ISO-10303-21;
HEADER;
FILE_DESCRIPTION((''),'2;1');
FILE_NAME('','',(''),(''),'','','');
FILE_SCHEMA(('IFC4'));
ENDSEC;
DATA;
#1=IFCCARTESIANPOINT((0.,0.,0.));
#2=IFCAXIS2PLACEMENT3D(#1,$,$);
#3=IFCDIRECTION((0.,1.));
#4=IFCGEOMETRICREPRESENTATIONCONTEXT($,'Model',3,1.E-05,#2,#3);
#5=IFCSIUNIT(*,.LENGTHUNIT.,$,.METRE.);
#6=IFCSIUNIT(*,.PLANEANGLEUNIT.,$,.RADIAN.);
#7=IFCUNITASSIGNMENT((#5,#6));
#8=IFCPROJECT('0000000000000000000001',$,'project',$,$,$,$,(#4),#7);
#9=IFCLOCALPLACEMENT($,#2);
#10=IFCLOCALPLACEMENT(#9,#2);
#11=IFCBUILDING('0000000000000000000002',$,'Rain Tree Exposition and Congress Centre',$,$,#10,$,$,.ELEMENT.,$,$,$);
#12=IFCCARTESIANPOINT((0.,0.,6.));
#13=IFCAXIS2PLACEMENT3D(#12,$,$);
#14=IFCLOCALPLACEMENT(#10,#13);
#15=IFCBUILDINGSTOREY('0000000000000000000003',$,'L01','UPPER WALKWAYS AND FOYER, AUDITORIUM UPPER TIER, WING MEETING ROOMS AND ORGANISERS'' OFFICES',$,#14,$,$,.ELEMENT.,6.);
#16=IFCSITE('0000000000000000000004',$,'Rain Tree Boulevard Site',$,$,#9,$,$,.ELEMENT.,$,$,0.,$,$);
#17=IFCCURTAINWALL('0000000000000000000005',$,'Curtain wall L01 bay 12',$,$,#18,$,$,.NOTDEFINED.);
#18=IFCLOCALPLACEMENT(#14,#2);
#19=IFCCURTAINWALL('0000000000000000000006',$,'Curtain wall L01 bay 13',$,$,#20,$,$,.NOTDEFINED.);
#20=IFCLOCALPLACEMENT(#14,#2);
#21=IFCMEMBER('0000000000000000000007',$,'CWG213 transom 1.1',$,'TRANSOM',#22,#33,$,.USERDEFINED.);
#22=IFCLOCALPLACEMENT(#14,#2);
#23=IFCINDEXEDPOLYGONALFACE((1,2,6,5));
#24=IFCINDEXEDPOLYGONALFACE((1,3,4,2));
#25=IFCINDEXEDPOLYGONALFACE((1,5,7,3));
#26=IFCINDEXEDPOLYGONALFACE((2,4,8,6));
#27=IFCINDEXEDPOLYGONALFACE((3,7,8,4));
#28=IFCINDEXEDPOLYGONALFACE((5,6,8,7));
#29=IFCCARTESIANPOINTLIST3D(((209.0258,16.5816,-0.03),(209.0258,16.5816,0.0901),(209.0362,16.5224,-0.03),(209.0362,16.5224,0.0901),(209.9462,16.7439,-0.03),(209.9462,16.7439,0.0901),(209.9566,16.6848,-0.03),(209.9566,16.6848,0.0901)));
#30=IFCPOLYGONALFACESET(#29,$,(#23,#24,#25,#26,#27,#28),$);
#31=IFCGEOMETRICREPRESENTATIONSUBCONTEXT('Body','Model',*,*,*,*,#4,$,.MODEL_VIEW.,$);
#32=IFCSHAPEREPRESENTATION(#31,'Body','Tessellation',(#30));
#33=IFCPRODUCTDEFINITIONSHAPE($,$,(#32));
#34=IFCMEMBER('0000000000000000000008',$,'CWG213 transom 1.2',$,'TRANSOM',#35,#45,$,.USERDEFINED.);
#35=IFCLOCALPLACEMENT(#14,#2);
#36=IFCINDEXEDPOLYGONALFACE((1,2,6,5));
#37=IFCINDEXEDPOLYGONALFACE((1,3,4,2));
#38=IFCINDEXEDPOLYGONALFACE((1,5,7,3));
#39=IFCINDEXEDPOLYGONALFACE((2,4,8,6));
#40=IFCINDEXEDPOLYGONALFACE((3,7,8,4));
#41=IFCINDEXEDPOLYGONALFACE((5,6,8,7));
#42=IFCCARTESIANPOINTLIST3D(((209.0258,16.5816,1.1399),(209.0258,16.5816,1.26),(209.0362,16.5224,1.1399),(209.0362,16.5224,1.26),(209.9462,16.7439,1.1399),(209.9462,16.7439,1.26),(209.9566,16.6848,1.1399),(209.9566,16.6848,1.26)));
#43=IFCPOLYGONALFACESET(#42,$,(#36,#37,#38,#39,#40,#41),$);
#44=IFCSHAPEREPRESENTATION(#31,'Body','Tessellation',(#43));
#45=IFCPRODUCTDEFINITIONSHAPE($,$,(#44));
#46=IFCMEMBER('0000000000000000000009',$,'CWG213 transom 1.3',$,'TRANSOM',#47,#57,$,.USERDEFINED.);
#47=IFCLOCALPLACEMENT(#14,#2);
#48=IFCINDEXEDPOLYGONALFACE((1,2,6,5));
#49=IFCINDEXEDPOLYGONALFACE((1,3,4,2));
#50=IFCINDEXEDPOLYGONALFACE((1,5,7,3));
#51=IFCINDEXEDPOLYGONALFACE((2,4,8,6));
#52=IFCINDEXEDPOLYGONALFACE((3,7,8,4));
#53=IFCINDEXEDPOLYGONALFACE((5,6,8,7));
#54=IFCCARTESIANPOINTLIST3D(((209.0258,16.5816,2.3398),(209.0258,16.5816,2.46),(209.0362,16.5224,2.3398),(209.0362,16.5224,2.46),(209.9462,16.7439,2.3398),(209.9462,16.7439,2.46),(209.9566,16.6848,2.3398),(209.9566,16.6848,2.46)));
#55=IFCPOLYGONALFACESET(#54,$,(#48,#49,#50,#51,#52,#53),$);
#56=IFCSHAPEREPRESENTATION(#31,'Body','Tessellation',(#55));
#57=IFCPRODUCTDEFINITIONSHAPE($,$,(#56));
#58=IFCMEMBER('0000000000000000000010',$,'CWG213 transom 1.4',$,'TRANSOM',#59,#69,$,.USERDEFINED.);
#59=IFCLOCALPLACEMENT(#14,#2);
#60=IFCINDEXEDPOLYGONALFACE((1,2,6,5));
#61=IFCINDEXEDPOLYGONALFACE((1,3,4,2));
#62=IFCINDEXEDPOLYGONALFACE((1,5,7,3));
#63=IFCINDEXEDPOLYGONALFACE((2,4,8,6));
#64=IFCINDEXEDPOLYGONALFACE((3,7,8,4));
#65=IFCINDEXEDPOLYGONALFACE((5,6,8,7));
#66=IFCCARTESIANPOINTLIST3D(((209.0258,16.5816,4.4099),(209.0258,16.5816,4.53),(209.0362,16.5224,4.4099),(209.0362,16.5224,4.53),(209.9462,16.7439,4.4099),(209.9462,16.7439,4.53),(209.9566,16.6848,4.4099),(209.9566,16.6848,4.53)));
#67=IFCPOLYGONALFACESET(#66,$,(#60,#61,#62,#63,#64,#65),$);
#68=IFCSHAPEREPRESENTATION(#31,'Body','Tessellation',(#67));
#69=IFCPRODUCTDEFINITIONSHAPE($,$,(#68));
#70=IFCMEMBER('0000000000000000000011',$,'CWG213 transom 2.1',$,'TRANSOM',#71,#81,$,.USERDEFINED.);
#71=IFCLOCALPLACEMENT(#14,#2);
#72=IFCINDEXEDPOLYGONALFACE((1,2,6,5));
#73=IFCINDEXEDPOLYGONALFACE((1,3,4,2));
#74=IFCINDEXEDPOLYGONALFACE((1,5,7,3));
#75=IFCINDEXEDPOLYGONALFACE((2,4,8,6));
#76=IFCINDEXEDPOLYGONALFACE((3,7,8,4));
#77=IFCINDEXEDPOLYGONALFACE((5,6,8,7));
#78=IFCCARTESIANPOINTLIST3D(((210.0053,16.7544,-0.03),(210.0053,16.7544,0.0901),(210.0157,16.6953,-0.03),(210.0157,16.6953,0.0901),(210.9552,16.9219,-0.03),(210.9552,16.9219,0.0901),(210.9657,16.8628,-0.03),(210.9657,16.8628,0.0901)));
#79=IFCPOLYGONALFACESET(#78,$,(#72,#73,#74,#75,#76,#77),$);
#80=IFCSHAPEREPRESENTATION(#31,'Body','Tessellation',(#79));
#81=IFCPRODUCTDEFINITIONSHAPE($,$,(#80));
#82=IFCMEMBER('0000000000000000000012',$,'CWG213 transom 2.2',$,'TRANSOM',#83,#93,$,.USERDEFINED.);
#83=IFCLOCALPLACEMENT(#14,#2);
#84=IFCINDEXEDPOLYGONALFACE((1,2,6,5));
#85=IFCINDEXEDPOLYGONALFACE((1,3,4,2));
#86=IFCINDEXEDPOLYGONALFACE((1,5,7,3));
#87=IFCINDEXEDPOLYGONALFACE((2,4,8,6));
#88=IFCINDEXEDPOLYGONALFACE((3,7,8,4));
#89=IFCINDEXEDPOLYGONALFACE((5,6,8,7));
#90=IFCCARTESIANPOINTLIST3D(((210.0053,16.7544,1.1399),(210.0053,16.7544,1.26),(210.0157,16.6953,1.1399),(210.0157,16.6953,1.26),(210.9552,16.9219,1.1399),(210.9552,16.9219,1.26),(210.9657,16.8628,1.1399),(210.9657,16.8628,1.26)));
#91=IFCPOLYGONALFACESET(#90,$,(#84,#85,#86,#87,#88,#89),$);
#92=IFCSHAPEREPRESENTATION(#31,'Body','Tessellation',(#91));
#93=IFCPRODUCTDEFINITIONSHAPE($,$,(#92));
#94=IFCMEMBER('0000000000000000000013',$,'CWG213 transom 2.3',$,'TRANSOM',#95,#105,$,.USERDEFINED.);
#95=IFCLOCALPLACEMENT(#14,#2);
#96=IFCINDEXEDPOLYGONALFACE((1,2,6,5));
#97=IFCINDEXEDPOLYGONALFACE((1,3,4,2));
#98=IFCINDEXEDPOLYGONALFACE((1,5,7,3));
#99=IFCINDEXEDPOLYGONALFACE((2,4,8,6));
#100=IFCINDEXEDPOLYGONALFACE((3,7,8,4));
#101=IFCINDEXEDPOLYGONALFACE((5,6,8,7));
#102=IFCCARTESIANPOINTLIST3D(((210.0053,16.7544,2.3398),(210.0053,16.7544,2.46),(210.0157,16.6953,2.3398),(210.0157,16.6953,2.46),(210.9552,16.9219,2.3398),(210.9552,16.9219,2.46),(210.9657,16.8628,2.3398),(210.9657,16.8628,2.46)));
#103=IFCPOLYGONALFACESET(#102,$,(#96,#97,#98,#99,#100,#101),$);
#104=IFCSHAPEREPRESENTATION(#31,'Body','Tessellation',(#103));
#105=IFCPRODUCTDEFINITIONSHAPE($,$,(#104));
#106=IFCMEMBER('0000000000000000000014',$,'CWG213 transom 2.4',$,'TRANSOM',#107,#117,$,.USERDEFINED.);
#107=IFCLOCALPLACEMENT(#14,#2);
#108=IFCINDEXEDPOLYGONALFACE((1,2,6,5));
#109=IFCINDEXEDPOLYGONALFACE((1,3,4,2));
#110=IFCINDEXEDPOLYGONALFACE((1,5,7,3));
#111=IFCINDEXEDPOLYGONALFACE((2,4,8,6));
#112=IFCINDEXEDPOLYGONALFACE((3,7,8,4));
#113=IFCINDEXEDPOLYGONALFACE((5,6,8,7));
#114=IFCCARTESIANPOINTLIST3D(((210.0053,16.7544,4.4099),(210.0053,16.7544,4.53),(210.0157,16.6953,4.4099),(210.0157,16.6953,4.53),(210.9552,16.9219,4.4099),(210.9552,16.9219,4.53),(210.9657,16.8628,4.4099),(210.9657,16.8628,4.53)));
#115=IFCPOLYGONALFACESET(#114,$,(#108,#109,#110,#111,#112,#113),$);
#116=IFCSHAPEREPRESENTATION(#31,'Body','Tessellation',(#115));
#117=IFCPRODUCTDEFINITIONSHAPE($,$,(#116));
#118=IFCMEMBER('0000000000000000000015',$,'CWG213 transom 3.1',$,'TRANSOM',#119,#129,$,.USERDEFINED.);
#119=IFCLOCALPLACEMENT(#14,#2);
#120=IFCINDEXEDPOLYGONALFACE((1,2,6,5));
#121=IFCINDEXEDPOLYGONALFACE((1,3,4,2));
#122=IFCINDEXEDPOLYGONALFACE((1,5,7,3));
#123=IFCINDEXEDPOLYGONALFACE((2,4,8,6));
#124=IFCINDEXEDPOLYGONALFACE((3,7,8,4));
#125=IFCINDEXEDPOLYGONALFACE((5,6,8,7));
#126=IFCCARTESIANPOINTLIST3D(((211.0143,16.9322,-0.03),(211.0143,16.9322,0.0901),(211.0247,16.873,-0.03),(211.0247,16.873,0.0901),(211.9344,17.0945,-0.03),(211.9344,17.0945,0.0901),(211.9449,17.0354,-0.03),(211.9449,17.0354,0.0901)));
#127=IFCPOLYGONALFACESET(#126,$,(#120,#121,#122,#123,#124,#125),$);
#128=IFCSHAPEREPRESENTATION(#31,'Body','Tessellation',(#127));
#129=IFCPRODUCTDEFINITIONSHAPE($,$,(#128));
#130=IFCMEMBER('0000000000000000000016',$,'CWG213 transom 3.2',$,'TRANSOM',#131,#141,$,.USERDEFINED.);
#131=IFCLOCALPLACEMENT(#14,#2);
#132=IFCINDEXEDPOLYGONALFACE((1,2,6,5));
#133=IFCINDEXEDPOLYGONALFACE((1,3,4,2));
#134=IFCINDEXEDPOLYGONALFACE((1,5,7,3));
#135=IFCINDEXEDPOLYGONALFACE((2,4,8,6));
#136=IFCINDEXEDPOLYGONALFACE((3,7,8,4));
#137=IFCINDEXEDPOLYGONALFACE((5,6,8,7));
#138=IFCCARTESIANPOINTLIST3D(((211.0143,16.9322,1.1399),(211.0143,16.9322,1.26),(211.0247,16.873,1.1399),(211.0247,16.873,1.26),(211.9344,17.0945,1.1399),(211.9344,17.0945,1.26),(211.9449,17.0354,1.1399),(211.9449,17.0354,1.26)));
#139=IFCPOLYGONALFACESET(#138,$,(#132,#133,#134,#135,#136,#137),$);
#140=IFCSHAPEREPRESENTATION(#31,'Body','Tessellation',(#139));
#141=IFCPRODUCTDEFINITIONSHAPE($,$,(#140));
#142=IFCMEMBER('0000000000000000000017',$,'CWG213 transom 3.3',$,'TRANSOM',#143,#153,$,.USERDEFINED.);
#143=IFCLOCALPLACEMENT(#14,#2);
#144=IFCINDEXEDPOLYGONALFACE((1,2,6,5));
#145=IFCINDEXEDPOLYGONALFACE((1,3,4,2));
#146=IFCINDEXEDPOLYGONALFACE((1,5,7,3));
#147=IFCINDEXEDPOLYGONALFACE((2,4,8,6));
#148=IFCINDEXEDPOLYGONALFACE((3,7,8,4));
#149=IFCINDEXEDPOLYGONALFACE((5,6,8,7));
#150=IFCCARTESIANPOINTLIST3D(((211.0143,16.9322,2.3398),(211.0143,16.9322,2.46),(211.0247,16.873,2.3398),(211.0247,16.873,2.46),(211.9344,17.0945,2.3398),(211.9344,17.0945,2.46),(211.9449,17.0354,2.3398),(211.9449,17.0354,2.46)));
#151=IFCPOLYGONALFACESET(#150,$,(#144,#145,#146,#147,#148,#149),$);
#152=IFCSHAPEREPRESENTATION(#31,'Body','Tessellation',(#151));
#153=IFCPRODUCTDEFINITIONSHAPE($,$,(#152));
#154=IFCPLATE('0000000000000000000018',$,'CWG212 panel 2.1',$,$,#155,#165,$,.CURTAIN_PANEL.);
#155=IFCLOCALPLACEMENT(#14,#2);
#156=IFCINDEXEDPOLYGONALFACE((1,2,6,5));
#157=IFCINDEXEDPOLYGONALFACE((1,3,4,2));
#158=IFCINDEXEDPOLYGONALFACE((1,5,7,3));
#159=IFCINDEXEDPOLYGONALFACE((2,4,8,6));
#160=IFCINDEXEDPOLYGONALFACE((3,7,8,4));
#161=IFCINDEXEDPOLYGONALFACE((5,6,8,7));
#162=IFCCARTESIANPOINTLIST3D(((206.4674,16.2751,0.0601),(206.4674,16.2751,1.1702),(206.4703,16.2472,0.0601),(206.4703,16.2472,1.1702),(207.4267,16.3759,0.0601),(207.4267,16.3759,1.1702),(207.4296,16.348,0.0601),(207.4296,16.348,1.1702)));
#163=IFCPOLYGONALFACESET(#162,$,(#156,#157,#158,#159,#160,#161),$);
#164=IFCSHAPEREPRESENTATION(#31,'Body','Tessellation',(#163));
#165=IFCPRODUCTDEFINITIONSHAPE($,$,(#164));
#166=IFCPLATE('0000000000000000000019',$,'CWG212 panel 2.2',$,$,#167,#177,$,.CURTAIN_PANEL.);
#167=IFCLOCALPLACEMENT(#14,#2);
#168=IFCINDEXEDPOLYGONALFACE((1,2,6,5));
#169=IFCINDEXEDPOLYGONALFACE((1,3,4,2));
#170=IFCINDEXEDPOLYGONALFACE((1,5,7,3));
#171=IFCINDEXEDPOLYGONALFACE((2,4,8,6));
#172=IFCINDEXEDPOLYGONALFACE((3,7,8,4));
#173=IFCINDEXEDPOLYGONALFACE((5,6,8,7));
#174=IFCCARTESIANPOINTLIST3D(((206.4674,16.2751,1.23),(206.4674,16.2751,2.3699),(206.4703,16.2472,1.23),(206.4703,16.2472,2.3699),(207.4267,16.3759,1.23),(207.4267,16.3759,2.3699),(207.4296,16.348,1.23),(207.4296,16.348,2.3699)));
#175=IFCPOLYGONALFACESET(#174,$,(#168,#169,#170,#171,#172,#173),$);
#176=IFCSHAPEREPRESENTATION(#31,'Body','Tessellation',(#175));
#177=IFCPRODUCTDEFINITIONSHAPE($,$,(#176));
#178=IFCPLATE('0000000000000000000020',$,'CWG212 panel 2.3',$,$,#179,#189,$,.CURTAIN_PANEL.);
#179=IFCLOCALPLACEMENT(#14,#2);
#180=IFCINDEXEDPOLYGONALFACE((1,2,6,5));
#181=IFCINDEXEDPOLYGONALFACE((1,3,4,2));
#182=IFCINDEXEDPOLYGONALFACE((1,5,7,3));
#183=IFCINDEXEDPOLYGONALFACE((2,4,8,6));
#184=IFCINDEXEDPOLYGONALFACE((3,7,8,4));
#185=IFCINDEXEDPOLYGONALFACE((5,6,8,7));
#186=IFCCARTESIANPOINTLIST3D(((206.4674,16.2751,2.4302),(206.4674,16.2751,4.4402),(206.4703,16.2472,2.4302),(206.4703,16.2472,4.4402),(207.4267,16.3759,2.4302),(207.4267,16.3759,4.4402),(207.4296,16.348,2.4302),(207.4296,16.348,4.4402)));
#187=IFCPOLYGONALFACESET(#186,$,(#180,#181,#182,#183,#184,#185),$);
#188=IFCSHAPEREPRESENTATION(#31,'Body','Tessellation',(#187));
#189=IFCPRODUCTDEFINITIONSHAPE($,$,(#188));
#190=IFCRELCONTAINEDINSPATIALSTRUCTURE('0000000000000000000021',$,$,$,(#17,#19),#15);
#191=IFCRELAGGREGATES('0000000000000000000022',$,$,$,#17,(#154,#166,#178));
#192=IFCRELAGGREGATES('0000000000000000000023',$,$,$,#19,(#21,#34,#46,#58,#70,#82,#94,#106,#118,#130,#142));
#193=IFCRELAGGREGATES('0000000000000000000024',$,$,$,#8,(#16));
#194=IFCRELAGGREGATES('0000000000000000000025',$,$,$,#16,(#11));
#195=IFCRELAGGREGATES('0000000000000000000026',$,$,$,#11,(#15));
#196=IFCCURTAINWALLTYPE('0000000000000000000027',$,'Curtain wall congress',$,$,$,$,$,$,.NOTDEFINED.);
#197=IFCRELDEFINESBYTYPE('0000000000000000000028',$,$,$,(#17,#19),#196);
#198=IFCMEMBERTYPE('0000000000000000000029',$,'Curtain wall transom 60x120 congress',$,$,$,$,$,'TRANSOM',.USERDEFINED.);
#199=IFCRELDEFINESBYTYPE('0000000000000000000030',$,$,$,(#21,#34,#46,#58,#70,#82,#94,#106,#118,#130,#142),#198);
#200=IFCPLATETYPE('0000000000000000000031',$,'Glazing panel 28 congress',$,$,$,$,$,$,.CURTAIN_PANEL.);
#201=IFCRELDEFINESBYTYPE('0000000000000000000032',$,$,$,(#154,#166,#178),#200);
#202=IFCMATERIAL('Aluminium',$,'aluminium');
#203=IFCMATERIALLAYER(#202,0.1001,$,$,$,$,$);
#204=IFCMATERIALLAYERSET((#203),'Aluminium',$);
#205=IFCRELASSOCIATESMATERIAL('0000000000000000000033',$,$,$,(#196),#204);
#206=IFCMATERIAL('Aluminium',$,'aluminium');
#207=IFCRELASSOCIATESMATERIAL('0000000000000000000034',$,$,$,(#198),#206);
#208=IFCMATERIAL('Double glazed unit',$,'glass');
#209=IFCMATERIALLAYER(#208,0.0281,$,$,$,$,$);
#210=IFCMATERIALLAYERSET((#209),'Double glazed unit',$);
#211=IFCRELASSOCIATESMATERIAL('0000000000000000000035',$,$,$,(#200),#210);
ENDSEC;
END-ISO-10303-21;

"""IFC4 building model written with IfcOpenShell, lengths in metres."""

from ifc_helpers import new_model, si_unit, direction, frame, origin, origin_2d, place, context, subcontext, project, spatial, rectangle, extrude, material, layer, layer_set, material_profile, profile_set, type_object, element, aggregate, save


model = new_model("IFC4")

# Units and contexts
model_context = context("Model", 3, precision=1e-05, world=origin(), true_north=direction((0.0, 1.0)))
body_context = subcontext(model_context, "Body", "Model", "MODEL_VIEW")
ifc_project = project(units=[si_unit("LENGTHUNIT", "METRE"), si_unit("PLANEANGLEUNIT", "RADIAN")], contexts=[model_context])

# Site, building, storey
site_placement = place(None, origin())
site = spatial("IfcSite", under=ifc_project, at=site_placement, Name="Rain Tree Boulevard Site", CompositionType="ELEMENT", RefElevation=0.0)
building_placement = place(site_placement, origin())
building = spatial("IfcBuilding", under=site, at=building_placement, Name="Rain Tree Exposition and Congress Centre", CompositionType="ELEMENT")
storey_placement = place(building_placement, frame((0.0, 0.0, 6.0)))
storey = spatial("IfcBuildingStorey", under=building, at=storey_placement, Name="L01", Description="UPPER WALKWAYS AND FOYER, AUDITORIUM UPPER TIER, WING MEETING ROOMS AND ORGANISERS' OFFICES", CompositionType="ELEMENT", Elevation=6.0)

# Curtain walls
ifc_material_1 = material(Name="Aluminium", Category="aluminium")
ifc_layer_1 = layer(ifc_material_1, 0.1001)
ifc_layer_set_1 = layer_set([ifc_layer_1], Name="Aluminium")
curtain_wall_type = type_object("IfcCurtainWallType", Name="Curtain wall congress", PredefinedType="NOTDEFINED", material=ifc_layer_set_1)
curtain_wall_1_placement = place(storey_placement, origin())
curtain_wall_1 = element("IfcCurtainWall", 1, at=curtain_wall_1_placement, inside=storey, type_object=curtain_wall_type, Name="Curtain wall L01 bay 12", PredefinedType="NOTDEFINED")
curtain_wall_2_placement = place(storey_placement, origin())
curtain_wall_2 = element("IfcCurtainWall", 2, at=curtain_wall_2_placement, inside=storey, type_object=curtain_wall_type, Name="Curtain wall L01 bay 13", PredefinedType="NOTDEFINED")

# Members
ifc_material_2 = material(Name="Aluminium", Category="aluminium")
ifc_material_profile_1 = material_profile(ifc_material_2, rectangle(XDim=0.0601, YDim=0.1201, at=origin_2d()), Name="AL 60x120")
ifc_profile_set_1 = profile_set([ifc_material_profile_1], Name="Aluminium")
member_type_1 = type_object("IfcMemberType", Name="Curtain wall transom 60x120 congress", ElementType="TRANSOM", PredefinedType="USERDEFINED", material=ifc_profile_set_1)
member_1_placement = place(storey_placement, frame((209.031, 16.552, 0.03), z_axis=(0.984797, 0.173711, 0.0), x_axis=(-0.173711, 0.984797, 0.0)))
member_1 = element("IfcMember", 3, at=member_1_placement, type_object=member_type_1, Name="CWG213 transom 1.1", ObjectType="TRANSOM", PredefinedType="USERDEFINED", context=body_context, shape_type="SweptSolid", body=[
    extrude(rectangle(XDim=0.0601, YDim=0.1201, at=origin_2d()), origin(), (0.0, 0.0, 1.0), 0.9346),
])
member_2_placement = place(storey_placement, frame((209.031, 16.552, 1.2), z_axis=(0.984797, 0.173711, 0.0), x_axis=(-0.173711, 0.984797, 0.0)))
member_2 = element("IfcMember", 4, at=member_2_placement, type_object=member_type_1, Name="CWG213 transom 1.2", ObjectType="TRANSOM", PredefinedType="USERDEFINED", context=body_context, shape_type="SweptSolid", body=[
    extrude(rectangle(XDim=0.0601, YDim=0.1201, at=origin_2d()), origin(), (0.0, 0.0, 1.0), 0.9346),
])
member_3_placement = place(storey_placement, frame((209.031, 16.552, 2.3999), z_axis=(0.984797, 0.173711, 0.0), x_axis=(-0.173711, 0.984797, 0.0)))
member_3 = element("IfcMember", 5, at=member_3_placement, type_object=member_type_1, Name="CWG213 transom 1.3", ObjectType="TRANSOM", PredefinedType="USERDEFINED", context=body_context, shape_type="SweptSolid", body=[
    extrude(rectangle(XDim=0.0601, YDim=0.1201, at=origin_2d()), origin(), (0.0, 0.0, 1.0), 0.9346),
])
member_4_placement = place(storey_placement, frame((209.031, 16.552, 4.47), z_axis=(0.984797, 0.173711, 0.0), x_axis=(-0.173711, 0.984797, 0.0)))
member_4 = element("IfcMember", 6, at=member_4_placement, type_object=member_type_1, Name="CWG213 transom 1.4", ObjectType="TRANSOM", PredefinedType="USERDEFINED", context=body_context, shape_type="SweptSolid", body=[
    extrude(rectangle(XDim=0.0601, YDim=0.1201, at=origin_2d()), origin(), (0.0, 0.0, 1.0), 0.9346),
])
member_5_placement = place(storey_placement, frame((210.0105, 16.7249, 0.03), z_axis=(0.984812, 0.173627, 0.0), x_axis=(-0.173627, 0.984812, 0.0)))
member_5 = element("IfcMember", 7, at=member_5_placement, type_object=member_type_1, Name="CWG213 transom 2.1", ObjectType="TRANSOM", PredefinedType="USERDEFINED", context=body_context, shape_type="SweptSolid", body=[
    extrude(rectangle(XDim=0.0601, YDim=0.1201, at=origin_2d()), origin(), (0.0, 0.0, 1.0), 0.9646),
])
member_6_placement = place(storey_placement, frame((210.0105, 16.7249, 1.2), z_axis=(0.984812, 0.173627, 0.0), x_axis=(-0.173627, 0.984812, 0.0)))
member_6 = element("IfcMember", 8, at=member_6_placement, type_object=member_type_1, Name="CWG213 transom 2.2", ObjectType="TRANSOM", PredefinedType="USERDEFINED", context=body_context, shape_type="SweptSolid", body=[
    extrude(rectangle(XDim=0.0601, YDim=0.1201, at=origin_2d()), origin(), (0.0, 0.0, 1.0), 0.9646),
])
member_7_placement = place(storey_placement, frame((210.0105, 16.7249, 2.3999), z_axis=(0.984812, 0.173627, 0.0), x_axis=(-0.173627, 0.984812, 0.0)))
member_7 = element("IfcMember", 9, at=member_7_placement, type_object=member_type_1, Name="CWG213 transom 2.3", ObjectType="TRANSOM", PredefinedType="USERDEFINED", context=body_context, shape_type="SweptSolid", body=[
    extrude(rectangle(XDim=0.0601, YDim=0.1201, at=origin_2d()), origin(), (0.0, 0.0, 1.0), 0.9646),
])
member_8_placement = place(storey_placement, frame((210.0105, 16.7249, 4.47), z_axis=(0.984812, 0.173627, 0.0), x_axis=(-0.173627, 0.984812, 0.0)))
member_8 = element("IfcMember", 10, at=member_8_placement, type_object=member_type_1, Name="CWG213 transom 2.4", ObjectType="TRANSOM", PredefinedType="USERDEFINED", context=body_context, shape_type="SweptSolid", body=[
    extrude(rectangle(XDim=0.0601, YDim=0.1201, at=origin_2d()), origin(), (0.0, 0.0, 1.0), 0.9646),
])
member_9_placement = place(storey_placement, frame((211.0195, 16.9026, 0.03), z_axis=(0.984789, 0.173756, 0.0), x_axis=(-0.173756, 0.984789, 0.0)))
member_9 = element("IfcMember", 11, at=member_9_placement, type_object=member_type_1, Name="CWG213 transom 3.1", ObjectType="TRANSOM", PredefinedType="USERDEFINED", context=body_context, shape_type="SweptSolid", body=[
    extrude(rectangle(XDim=0.0601, YDim=0.1201, at=origin_2d()), origin(), (0.0, 0.0, 1.0), 0.9343),
])
member_10_placement = place(storey_placement, frame((211.0195, 16.9026, 1.2), z_axis=(0.984789, 0.173756, 0.0), x_axis=(-0.173756, 0.984789, 0.0)))
member_10 = element("IfcMember", 12, at=member_10_placement, type_object=member_type_1, Name="CWG213 transom 3.2", ObjectType="TRANSOM", PredefinedType="USERDEFINED", context=body_context, shape_type="SweptSolid", body=[
    extrude(rectangle(XDim=0.0601, YDim=0.1201, at=origin_2d()), origin(), (0.0, 0.0, 1.0), 0.9343),
])
member_11_placement = place(storey_placement, frame((211.0195, 16.9026, 2.3999), z_axis=(0.984789, 0.173756, 0.0), x_axis=(-0.173756, 0.984789, 0.0)))
member_11 = element("IfcMember", 13, at=member_11_placement, type_object=member_type_1, Name="CWG213 transom 3.3", ObjectType="TRANSOM", PredefinedType="USERDEFINED", context=body_context, shape_type="SweptSolid", body=[
    extrude(rectangle(XDim=0.0601, YDim=0.1201, at=origin_2d()), origin(), (0.0, 0.0, 1.0), 0.9343),
])

# Plates
ifc_material_3 = material(Name="Double glazed unit", Category="glass")
ifc_layer_2 = layer(ifc_material_3, 0.0281)
ifc_layer_set_2 = layer_set([ifc_layer_2], Name="Double glazed unit")
plate_type = type_object("IfcPlateType", Name="Glazing panel 28 congress", PredefinedType="CURTAIN_PANEL", material=ifc_layer_set_2)
plate_1_placement = place(storey_placement, frame((206.9485, 16.3115, 0.0601), z_axis=(0.0, 0.0, 1.0), x_axis=(0.994525, 0.104502, 0.0)))
plate_1 = element("IfcPlate", 14, at=plate_1_placement, type_object=plate_type, Name="CWG212 panel 2.1", PredefinedType="CURTAIN_PANEL", context=body_context, shape_type="SweptSolid", body=[
    extrude(rectangle(XDim=0.9646, YDim=0.0281, at=origin_2d()), origin(), (0.0, 0.0, 1.0), 1.1101),
])
plate_2_placement = place(storey_placement, frame((206.9485, 16.3115, 1.23), z_axis=(0.0, 0.0, 1.0), x_axis=(0.994525, 0.104502, 0.0)))
plate_2 = element("IfcPlate", 15, at=plate_2_placement, type_object=plate_type, Name="CWG212 panel 2.2", PredefinedType="CURTAIN_PANEL", context=body_context, shape_type="SweptSolid", body=[
    extrude(rectangle(XDim=0.9646, YDim=0.0281, at=origin_2d()), origin(), (0.0, 0.0, 1.0), 1.1399),
])
plate_3_placement = place(storey_placement, frame((206.9485, 16.3115, 2.4302), z_axis=(0.0, 0.0, 1.0), x_axis=(0.994525, 0.104502, 0.0)))
plate_3 = element("IfcPlate", 16, at=plate_3_placement, type_object=plate_type, Name="CWG212 panel 2.3", PredefinedType="CURTAIN_PANEL", context=body_context, shape_type="SweptSolid", body=[
    extrude(rectangle(XDim=0.9646, YDim=0.0281, at=origin_2d()), origin(), (0.0, 0.0, 1.0), 2.01),
])
aggregate(curtain_wall_1, [plate_1, plate_2, plate_3])
aggregate(curtain_wall_2, [member_1, member_2, member_3, member_4, member_5, member_6, member_7, member_8, member_9, member_10, member_11])

save(model, "model.ifc")
